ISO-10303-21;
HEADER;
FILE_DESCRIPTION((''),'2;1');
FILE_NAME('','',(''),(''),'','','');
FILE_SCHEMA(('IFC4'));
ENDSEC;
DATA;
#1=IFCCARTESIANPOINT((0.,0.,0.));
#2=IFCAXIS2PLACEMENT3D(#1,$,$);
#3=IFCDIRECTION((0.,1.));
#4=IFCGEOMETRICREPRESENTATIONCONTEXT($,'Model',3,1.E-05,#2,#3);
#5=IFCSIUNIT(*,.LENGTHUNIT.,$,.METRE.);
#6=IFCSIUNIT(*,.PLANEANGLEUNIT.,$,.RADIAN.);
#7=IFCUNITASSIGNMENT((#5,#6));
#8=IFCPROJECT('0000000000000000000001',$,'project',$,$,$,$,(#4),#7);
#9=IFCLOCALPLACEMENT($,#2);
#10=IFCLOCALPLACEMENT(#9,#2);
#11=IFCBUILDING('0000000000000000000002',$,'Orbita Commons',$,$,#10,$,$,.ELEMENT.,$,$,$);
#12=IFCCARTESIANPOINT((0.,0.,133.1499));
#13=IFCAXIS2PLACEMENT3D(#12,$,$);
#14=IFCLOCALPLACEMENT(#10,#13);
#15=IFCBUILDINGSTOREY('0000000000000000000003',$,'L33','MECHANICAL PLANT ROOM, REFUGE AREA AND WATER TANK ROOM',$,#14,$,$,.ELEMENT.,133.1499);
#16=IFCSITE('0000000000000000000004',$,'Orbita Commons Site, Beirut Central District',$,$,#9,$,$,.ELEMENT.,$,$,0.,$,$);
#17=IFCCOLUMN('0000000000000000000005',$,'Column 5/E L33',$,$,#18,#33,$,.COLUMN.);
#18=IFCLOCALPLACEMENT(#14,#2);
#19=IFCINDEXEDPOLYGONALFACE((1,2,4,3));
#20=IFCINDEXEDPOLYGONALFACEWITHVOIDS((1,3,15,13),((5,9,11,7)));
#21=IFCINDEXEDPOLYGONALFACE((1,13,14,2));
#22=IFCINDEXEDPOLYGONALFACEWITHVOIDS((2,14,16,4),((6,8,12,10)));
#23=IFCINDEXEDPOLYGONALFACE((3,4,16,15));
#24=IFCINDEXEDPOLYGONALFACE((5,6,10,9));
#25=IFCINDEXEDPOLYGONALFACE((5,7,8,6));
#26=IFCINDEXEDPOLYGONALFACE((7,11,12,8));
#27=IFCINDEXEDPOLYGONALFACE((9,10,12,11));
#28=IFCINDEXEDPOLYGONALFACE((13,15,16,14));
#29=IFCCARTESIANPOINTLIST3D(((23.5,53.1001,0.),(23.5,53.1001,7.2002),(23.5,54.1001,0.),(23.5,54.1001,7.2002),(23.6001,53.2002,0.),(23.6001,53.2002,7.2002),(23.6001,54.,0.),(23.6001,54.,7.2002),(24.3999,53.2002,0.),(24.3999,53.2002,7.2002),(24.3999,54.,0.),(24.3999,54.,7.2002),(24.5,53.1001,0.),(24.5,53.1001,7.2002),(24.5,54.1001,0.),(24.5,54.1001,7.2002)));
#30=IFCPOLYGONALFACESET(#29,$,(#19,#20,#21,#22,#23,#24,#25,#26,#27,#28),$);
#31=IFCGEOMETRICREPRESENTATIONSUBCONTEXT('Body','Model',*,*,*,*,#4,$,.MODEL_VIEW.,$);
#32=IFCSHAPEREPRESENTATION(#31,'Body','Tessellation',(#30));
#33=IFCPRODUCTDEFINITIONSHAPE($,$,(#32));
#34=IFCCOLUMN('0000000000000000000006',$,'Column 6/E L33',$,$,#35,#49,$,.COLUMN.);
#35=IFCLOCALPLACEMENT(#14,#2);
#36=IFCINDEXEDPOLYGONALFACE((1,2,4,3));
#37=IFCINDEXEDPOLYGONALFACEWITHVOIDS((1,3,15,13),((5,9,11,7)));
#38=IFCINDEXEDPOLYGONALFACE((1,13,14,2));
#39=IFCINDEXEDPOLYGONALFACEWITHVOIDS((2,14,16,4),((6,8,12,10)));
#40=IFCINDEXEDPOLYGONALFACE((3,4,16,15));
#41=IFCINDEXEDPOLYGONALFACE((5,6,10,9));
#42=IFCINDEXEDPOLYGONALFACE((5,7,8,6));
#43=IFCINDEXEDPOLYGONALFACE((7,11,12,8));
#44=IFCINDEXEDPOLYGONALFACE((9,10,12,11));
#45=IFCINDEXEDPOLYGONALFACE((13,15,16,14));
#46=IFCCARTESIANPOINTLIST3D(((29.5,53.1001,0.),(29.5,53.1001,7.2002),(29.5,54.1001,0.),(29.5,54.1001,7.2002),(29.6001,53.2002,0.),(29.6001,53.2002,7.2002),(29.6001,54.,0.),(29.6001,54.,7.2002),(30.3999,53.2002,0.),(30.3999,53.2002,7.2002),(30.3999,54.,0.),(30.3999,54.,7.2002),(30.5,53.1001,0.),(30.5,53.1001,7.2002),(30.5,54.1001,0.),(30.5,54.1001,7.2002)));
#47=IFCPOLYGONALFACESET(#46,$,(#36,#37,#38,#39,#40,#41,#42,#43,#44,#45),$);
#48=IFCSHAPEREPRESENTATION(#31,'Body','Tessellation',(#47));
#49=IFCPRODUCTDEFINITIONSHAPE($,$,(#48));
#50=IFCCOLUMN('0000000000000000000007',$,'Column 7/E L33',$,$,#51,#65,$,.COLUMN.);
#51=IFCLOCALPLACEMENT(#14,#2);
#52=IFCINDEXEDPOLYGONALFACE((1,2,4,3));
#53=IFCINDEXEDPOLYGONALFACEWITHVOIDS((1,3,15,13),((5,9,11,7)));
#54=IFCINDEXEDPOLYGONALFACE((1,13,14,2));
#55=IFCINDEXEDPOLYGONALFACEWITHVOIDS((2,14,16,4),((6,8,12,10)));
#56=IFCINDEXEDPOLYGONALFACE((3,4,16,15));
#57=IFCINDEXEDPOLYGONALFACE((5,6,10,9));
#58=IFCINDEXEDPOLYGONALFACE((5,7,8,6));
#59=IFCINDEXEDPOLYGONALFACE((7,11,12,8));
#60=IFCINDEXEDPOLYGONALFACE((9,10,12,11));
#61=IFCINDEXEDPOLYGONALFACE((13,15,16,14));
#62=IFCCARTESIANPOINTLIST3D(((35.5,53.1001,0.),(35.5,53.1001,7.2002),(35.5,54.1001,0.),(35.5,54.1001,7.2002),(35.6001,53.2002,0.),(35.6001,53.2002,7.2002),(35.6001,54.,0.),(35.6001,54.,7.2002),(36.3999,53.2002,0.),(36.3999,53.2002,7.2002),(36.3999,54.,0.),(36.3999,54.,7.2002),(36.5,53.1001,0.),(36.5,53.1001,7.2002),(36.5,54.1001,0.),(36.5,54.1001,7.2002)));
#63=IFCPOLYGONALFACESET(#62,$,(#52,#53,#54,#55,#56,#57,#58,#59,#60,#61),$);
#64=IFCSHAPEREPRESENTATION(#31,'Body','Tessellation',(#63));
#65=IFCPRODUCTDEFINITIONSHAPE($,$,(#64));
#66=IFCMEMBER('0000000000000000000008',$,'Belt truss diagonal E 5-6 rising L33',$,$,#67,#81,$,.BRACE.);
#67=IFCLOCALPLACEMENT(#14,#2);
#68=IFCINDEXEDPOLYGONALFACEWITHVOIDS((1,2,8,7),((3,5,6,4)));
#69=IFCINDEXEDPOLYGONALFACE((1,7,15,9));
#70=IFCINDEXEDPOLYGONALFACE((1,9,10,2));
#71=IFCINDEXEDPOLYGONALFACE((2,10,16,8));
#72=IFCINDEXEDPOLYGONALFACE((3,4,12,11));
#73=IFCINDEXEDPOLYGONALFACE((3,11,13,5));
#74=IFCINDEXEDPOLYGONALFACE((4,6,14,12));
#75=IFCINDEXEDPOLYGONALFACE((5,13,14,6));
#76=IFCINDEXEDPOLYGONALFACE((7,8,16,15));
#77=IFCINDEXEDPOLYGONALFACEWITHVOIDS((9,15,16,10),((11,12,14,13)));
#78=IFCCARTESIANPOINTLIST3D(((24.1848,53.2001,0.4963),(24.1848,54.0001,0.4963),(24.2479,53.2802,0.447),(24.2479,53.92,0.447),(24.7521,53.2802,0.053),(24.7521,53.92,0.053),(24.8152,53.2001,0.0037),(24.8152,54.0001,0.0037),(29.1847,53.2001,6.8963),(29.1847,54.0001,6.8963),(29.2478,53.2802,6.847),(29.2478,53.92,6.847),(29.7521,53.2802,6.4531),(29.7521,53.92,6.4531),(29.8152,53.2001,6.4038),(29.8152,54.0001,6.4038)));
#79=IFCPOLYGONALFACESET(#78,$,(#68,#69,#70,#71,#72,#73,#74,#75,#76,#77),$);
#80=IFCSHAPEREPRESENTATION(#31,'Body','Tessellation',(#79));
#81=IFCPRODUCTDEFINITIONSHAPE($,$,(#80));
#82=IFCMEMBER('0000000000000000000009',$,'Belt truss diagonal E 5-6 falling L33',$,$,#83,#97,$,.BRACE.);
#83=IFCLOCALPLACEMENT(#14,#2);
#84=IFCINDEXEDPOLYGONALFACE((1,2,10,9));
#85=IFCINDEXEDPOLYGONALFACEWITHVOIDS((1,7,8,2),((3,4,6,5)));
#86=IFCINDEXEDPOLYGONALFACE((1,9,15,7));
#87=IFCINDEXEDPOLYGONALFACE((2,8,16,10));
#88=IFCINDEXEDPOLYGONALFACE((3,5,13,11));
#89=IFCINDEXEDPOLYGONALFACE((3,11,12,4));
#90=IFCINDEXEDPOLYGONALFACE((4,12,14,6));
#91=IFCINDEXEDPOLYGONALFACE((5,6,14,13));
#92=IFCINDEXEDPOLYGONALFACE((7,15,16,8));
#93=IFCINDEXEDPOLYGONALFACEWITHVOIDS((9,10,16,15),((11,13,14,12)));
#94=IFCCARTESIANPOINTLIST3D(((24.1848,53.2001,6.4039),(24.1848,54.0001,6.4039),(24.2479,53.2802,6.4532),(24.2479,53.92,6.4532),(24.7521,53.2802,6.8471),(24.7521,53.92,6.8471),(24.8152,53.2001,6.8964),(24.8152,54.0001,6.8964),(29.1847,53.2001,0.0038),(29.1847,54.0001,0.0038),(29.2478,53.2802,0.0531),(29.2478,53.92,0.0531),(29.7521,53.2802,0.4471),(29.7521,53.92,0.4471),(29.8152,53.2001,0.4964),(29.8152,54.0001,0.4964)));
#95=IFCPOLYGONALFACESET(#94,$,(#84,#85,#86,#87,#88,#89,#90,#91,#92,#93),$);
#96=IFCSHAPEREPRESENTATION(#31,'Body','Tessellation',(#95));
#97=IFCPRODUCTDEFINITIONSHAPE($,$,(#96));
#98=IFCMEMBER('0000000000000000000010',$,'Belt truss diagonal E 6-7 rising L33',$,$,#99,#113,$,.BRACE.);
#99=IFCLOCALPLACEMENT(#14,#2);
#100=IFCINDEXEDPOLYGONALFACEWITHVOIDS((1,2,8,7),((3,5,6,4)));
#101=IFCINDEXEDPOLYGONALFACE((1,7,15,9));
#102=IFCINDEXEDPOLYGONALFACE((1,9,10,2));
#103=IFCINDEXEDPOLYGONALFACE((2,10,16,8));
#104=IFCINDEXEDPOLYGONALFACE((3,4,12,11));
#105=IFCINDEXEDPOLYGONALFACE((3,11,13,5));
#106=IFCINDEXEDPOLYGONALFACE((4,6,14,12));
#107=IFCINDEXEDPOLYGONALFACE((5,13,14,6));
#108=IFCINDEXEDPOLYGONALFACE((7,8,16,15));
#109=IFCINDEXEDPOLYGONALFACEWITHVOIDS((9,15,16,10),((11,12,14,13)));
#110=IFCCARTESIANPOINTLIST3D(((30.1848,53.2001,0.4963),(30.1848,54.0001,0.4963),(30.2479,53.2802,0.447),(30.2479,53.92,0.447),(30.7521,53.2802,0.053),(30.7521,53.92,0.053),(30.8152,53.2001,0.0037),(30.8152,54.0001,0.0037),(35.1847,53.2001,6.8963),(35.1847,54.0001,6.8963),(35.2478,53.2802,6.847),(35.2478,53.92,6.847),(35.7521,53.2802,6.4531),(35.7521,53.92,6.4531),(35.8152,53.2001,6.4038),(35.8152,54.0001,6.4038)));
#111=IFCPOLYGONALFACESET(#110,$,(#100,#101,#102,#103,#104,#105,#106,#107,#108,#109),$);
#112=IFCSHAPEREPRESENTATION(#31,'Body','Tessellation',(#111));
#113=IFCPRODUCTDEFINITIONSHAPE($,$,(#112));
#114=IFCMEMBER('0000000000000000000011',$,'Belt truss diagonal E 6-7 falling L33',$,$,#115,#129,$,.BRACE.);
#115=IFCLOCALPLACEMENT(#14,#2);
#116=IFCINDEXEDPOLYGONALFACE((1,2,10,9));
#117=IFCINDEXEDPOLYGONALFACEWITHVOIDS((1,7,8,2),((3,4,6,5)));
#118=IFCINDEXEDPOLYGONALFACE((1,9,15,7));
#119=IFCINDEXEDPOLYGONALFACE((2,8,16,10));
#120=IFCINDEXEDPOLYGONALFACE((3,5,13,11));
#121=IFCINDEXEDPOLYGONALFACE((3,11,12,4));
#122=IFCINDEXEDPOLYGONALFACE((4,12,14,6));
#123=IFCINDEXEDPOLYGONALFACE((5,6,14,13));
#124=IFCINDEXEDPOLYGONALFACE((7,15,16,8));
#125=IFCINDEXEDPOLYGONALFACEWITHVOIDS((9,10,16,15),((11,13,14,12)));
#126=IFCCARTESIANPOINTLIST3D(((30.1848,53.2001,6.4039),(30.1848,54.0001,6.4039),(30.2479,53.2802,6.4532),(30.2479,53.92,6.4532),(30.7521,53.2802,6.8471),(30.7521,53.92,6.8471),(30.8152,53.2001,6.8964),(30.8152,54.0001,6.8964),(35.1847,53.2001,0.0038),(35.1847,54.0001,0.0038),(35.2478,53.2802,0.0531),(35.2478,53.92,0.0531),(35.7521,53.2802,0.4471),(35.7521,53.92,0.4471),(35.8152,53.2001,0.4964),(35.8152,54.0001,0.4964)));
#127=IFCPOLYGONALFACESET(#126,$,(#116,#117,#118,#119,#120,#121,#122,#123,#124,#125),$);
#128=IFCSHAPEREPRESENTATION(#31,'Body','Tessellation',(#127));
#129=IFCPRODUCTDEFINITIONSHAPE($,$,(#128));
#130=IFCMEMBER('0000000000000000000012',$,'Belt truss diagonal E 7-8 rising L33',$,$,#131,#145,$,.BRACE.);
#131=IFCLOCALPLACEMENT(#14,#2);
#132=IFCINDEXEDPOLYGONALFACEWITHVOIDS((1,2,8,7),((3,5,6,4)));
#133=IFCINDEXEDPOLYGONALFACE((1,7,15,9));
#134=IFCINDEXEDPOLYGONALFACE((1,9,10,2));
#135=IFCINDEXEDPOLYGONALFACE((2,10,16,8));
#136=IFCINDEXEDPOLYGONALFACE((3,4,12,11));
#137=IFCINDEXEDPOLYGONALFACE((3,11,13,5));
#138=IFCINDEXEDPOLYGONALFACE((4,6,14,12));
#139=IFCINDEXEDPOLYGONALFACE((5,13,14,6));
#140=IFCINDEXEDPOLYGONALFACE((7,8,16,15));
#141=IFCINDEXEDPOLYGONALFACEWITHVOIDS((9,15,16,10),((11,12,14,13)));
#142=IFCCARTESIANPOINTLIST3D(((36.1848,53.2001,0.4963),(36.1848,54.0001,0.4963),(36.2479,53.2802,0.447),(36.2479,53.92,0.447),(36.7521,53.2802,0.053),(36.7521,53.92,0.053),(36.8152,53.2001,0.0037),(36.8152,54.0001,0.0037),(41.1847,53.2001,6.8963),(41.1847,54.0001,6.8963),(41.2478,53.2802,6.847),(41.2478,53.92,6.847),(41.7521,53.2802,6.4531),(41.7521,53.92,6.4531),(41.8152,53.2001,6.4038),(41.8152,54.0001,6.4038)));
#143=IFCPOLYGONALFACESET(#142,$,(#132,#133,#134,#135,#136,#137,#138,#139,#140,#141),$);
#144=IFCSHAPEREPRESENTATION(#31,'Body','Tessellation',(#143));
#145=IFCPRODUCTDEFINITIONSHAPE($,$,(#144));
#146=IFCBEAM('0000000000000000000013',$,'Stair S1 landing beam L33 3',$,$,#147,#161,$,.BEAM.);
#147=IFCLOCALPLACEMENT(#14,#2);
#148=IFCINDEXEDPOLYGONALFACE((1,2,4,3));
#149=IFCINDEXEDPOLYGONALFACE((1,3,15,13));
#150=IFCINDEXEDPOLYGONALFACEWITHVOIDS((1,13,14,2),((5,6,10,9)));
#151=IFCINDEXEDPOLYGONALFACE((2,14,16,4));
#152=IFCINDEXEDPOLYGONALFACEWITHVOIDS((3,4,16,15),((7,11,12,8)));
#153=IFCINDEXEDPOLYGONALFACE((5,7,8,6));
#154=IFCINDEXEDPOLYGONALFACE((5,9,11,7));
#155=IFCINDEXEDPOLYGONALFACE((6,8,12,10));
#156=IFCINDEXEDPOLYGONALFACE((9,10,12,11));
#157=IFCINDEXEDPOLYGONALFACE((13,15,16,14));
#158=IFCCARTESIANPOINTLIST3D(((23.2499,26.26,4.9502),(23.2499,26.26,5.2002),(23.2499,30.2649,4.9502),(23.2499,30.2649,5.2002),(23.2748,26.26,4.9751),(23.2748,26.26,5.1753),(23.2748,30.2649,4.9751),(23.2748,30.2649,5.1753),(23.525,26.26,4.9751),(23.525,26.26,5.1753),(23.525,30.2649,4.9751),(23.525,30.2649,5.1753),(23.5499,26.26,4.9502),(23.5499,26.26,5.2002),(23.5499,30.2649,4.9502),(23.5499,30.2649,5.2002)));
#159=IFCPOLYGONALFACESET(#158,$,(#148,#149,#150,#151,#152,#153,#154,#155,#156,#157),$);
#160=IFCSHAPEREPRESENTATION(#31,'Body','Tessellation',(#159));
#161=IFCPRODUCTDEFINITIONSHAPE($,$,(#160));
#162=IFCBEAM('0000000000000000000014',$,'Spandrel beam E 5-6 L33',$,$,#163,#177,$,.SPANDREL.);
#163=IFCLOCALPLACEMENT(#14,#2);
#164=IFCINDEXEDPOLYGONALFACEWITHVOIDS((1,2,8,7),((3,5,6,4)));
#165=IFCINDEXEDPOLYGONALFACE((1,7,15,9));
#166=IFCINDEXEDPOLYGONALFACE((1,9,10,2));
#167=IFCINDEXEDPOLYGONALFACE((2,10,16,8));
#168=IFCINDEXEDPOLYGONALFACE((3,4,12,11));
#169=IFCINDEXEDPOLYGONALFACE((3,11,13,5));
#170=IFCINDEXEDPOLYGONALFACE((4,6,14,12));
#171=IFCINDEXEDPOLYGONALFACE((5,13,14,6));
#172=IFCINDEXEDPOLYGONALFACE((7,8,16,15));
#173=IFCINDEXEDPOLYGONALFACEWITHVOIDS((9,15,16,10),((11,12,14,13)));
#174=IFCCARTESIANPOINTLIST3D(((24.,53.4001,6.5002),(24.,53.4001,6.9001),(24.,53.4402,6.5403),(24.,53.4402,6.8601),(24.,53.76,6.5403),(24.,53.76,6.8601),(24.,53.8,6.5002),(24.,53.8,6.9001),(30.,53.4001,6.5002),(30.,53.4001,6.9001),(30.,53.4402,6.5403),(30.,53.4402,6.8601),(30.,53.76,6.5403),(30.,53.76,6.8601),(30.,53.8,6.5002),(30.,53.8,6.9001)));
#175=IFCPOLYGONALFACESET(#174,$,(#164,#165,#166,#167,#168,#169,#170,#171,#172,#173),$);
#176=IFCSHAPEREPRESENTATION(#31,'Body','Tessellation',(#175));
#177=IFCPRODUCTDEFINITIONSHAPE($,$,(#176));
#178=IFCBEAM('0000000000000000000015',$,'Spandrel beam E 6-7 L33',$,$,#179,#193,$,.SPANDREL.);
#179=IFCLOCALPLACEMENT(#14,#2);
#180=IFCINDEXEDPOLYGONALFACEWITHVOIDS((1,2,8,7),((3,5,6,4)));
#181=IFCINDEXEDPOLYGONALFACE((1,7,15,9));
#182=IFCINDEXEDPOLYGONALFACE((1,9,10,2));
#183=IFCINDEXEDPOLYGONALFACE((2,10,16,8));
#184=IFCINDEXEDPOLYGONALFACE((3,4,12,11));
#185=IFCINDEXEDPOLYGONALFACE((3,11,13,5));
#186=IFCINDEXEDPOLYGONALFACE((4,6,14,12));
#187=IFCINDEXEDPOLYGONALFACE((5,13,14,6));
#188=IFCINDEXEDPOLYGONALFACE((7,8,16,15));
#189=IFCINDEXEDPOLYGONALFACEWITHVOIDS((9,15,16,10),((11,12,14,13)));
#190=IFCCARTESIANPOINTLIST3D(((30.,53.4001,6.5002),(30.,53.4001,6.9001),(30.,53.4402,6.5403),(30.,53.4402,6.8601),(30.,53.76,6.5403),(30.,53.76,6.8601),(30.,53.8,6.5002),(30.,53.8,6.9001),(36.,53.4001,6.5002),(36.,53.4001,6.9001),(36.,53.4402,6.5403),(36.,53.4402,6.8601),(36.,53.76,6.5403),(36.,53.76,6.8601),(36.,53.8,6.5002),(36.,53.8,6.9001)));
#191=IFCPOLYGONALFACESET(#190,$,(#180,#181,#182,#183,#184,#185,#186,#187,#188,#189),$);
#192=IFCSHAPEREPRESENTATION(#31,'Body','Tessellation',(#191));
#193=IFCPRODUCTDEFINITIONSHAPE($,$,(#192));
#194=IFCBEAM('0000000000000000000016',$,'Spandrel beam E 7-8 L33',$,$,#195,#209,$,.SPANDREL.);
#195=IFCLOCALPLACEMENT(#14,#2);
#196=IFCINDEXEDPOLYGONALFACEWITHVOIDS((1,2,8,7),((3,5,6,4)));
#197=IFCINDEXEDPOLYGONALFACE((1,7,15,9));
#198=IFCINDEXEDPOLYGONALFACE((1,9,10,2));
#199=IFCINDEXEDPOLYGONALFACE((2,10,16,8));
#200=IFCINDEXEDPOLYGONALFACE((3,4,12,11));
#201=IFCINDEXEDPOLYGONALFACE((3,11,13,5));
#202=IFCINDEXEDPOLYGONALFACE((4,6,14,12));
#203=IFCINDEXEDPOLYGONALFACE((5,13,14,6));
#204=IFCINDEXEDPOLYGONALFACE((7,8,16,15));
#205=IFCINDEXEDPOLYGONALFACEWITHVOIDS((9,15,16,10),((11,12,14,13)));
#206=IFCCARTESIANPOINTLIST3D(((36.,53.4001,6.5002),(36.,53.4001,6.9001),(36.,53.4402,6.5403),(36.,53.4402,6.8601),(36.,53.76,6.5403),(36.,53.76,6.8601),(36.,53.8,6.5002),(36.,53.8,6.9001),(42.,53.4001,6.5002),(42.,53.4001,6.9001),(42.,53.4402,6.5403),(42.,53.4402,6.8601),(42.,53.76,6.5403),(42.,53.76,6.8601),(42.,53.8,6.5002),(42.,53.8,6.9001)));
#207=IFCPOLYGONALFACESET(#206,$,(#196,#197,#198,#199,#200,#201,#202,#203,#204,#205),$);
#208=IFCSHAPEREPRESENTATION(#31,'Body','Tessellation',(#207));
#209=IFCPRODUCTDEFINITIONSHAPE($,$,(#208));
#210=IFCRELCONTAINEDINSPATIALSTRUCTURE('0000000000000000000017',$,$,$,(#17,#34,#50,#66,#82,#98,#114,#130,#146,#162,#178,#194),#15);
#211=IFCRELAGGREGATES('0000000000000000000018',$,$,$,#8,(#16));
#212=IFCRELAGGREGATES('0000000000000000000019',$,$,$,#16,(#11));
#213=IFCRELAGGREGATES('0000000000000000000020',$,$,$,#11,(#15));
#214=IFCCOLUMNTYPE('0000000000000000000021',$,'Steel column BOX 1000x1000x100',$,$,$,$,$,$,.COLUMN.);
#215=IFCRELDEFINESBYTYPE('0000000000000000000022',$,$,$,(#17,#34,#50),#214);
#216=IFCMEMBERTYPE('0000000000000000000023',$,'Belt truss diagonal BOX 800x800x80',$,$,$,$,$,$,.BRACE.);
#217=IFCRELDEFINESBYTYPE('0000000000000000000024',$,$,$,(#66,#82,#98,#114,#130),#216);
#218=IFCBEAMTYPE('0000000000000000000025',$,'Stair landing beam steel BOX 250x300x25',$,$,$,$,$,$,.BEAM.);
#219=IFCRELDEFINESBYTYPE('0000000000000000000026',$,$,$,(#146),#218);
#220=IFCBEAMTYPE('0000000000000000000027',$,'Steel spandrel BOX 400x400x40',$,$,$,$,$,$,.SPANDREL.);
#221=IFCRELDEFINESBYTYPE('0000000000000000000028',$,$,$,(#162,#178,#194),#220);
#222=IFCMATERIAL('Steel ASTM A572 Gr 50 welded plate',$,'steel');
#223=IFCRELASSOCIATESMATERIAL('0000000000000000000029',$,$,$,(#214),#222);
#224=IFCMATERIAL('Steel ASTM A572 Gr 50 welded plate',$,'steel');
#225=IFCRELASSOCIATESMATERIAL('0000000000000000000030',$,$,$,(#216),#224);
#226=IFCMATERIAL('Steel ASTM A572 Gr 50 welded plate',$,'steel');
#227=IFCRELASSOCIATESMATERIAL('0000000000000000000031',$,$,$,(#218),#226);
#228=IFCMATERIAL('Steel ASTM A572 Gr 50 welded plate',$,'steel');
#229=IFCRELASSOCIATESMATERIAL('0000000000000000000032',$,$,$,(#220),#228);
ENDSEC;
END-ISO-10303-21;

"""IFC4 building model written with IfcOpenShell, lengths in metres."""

from ifc_helpers import new_model, si_unit, direction, frame, origin, origin_2d, place, context, subcontext, project, spatial, hollow_rectangle, extrude, material, material_profile, profile_set, type_object, element, save


model = new_model("IFC4")

# Units and contexts
model_context = context("Model", 3, precision=1e-05, world=origin(), true_north=direction((0.0, 1.0)))
body_context = subcontext(model_context, "Body", "Model", "MODEL_VIEW")
ifc_project = project(units=[si_unit("LENGTHUNIT", "METRE"), si_unit("PLANEANGLEUNIT", "RADIAN")], contexts=[model_context])

# Site, building, storey
site_placement = place(None, origin())
site = spatial("IfcSite", under=ifc_project, at=site_placement, Name="Orbita Commons Site, Beirut Central District", CompositionType="ELEMENT", RefElevation=0.0)
building_placement = place(site_placement, origin())
building = spatial("IfcBuilding", under=site, at=building_placement, Name="Orbita Commons", CompositionType="ELEMENT")
storey_placement = place(building_placement, frame((0.0, 0.0, 133.1499)))
storey = spatial("IfcBuildingStorey", under=building, at=storey_placement, Name="L33", Description="MECHANICAL PLANT ROOM, REFUGE AREA AND WATER TANK ROOM", CompositionType="ELEMENT", Elevation=133.1499)

# Columns
ifc_material_1 = material(Name="Steel ASTM A572 Gr 50 welded plate", Category="steel")
ifc_material_profile_1 = material_profile(ifc_material_1, hollow_rectangle(XDim=1.0, YDim=1.0, WallThickness=0.1001, at=origin_2d()), Name="BOX 1000x1000x100")
ifc_profile_set_1 = profile_set([ifc_material_profile_1], Name="Steel ASTM A572 Gr 50 welded plate")
column_type = type_object("IfcColumnType", Name="Steel column BOX 1000x1000x100", PredefinedType="COLUMN", material=ifc_profile_set_1)
for number, where, z_axis, x_axis, name in (
    (1, (24.0, 53.6001, 0.0), (0.0, 0.0, 1.0), (1.0, 0.0, 0.0), "Column 5/E L33"),
    (2, (30.0, 53.6001, 0.0), (0.0, 0.0, 1.0), (1.0, 0.0, 0.0), "Column 6/E L33"),
    (3, (36.0, 53.6001, 0.0), (0.0, 0.0, 1.0), (1.0, 0.0, 0.0), "Column 7/E L33"),
):
    element("IfcColumn", number, at=place(storey_placement, frame(where, z_axis=z_axis, x_axis=x_axis)), inside=storey, type_object=column_type, Name=name, PredefinedType="COLUMN", context=body_context, shape_type="SweptSolid", body=[
        extrude(hollow_rectangle(XDim=1.0, YDim=1.0, WallThickness=0.1001, at=origin_2d()), origin(), (0.0, 0.0, 1.0), 7.2002),
    ])

# Members
ifc_material_2 = material(Name="Steel ASTM A572 Gr 50 welded plate", Category="steel")
ifc_material_profile_2 = material_profile(ifc_material_2, hollow_rectangle(XDim=0.8, YDim=0.8, WallThickness=0.0801, at=origin_2d()), Name="BOX 800x800x80")
ifc_profile_set_2 = profile_set([ifc_material_profile_2], Name="Steel ASTM A572 Gr 50 welded plate")
member_type = type_object("IfcMemberType", Name="Belt truss diagonal BOX 800x800x80", PredefinedType="BRACE", material=ifc_profile_set_2)
for number, where, z_axis, x_axis, name in (
    (4, (24.5, 53.6001, 0.25), (0.615635, 0.0, 0.788031), (0.0, 1.0, 0.0), "Belt truss diagonal E 5-6 rising L33"),
    (5, (24.5, 53.6001, 6.6501), (0.615635, 0.0, -0.788031), (0.0, 1.0, 0.0), "Belt truss diagonal E 5-6 falling L33"),
    (6, (30.5, 53.6001, 0.25), (0.615635, 0.0, 0.788031), (0.0, 1.0, 0.0), "Belt truss diagonal E 6-7 rising L33"),
    (7, (30.5, 53.6001, 6.6501), (0.615635, 0.0, -0.788031), (0.0, 1.0, 0.0), "Belt truss diagonal E 6-7 falling L33"),
    (8, (36.5, 53.6001, 0.25), (0.615635, 0.0, 0.788031), (0.0, 1.0, 0.0), "Belt truss diagonal E 7-8 rising L33"),
):
    element("IfcMember", number, at=place(storey_placement, frame(where, z_axis=z_axis, x_axis=x_axis)), inside=storey, type_object=member_type, Name=name, PredefinedType="BRACE", context=body_context, shape_type="SweptSolid", body=[
        extrude(hollow_rectangle(XDim=0.8, YDim=0.8, WallThickness=0.0801, at=origin_2d()), origin(), (0.0, 0.0, 1.0), 8.1216),
    ])

# Beams
ifc_material_3 = material(Name="Steel ASTM A572 Gr 50 welded plate", Category="steel")
ifc_material_profile_3 = material_profile(ifc_material_3, hollow_rectangle(XDim=0.3, YDim=0.25, WallThickness=0.0249, at=origin_2d()), Name="BOX 250x300x25")
ifc_profile_set_3 = profile_set([ifc_material_profile_3], Name="Steel ASTM A572 Gr 50 welded plate")
beam_type_1 = type_object("IfcBeamType", Name="Stair landing beam steel BOX 250x300x25", PredefinedType="BEAM", material=ifc_profile_set_3)
beam_placement = place(storey_placement, frame((23.3999, 26.26, 5.0752), z_axis=(0.0, 1.0, 0.0), x_axis=(-1.0, 0.0, 0.0)))
element("IfcBeam", 9, at=beam_placement, inside=storey, type_object=beam_type_1, Name="Stair S1 landing beam L33 3", PredefinedType="BEAM", context=body_context, shape_type="SweptSolid", body=[
    extrude(hollow_rectangle(XDim=0.3, YDim=0.25, WallThickness=0.0249, at=origin_2d()), origin(), (0.0, 0.0, 1.0), 4.0049),
])
ifc_material_4 = material(Name="Steel ASTM A572 Gr 50 welded plate", Category="steel")
ifc_material_profile_4 = material_profile(ifc_material_4, hollow_rectangle(XDim=0.3999, YDim=0.3999, WallThickness=0.04, at=origin_2d()), Name="BOX 400x400x40")
ifc_profile_set_4 = profile_set([ifc_material_profile_4], Name="Steel ASTM A572 Gr 50 welded plate")
beam_type_2 = type_object("IfcBeamType", Name="Steel spandrel BOX 400x400x40", PredefinedType="SPANDREL", material=ifc_profile_set_4)
for number, where, z_axis, x_axis, name in (
    (10, (24.0, 53.6001, 6.7002), (1.0, 0.0, 0.0), (0.0, 1.0, 0.0), "Spandrel beam E 5-6 L33"),
    (11, (30.0, 53.6001, 6.7002), (1.0, 0.0, 0.0), (0.0, 1.0, 0.0), "Spandrel beam E 6-7 L33"),
    (12, (36.0, 53.6001, 6.7002), (1.0, 0.0, 0.0), (0.0, 1.0, 0.0), "Spandrel beam E 7-8 L33"),
):
    element("IfcBeam", number, at=place(storey_placement, frame(where, z_axis=z_axis, x_axis=x_axis)), inside=storey, type_object=beam_type_2, Name=name, PredefinedType="SPANDREL", context=body_context, shape_type="SweptSolid", body=[
        extrude(hollow_rectangle(XDim=0.3999, YDim=0.3999, WallThickness=0.04, at=origin_2d()), origin(), (0.0, 0.0, 1.0), 6.0),
    ])

save(model, "model.ifc")
